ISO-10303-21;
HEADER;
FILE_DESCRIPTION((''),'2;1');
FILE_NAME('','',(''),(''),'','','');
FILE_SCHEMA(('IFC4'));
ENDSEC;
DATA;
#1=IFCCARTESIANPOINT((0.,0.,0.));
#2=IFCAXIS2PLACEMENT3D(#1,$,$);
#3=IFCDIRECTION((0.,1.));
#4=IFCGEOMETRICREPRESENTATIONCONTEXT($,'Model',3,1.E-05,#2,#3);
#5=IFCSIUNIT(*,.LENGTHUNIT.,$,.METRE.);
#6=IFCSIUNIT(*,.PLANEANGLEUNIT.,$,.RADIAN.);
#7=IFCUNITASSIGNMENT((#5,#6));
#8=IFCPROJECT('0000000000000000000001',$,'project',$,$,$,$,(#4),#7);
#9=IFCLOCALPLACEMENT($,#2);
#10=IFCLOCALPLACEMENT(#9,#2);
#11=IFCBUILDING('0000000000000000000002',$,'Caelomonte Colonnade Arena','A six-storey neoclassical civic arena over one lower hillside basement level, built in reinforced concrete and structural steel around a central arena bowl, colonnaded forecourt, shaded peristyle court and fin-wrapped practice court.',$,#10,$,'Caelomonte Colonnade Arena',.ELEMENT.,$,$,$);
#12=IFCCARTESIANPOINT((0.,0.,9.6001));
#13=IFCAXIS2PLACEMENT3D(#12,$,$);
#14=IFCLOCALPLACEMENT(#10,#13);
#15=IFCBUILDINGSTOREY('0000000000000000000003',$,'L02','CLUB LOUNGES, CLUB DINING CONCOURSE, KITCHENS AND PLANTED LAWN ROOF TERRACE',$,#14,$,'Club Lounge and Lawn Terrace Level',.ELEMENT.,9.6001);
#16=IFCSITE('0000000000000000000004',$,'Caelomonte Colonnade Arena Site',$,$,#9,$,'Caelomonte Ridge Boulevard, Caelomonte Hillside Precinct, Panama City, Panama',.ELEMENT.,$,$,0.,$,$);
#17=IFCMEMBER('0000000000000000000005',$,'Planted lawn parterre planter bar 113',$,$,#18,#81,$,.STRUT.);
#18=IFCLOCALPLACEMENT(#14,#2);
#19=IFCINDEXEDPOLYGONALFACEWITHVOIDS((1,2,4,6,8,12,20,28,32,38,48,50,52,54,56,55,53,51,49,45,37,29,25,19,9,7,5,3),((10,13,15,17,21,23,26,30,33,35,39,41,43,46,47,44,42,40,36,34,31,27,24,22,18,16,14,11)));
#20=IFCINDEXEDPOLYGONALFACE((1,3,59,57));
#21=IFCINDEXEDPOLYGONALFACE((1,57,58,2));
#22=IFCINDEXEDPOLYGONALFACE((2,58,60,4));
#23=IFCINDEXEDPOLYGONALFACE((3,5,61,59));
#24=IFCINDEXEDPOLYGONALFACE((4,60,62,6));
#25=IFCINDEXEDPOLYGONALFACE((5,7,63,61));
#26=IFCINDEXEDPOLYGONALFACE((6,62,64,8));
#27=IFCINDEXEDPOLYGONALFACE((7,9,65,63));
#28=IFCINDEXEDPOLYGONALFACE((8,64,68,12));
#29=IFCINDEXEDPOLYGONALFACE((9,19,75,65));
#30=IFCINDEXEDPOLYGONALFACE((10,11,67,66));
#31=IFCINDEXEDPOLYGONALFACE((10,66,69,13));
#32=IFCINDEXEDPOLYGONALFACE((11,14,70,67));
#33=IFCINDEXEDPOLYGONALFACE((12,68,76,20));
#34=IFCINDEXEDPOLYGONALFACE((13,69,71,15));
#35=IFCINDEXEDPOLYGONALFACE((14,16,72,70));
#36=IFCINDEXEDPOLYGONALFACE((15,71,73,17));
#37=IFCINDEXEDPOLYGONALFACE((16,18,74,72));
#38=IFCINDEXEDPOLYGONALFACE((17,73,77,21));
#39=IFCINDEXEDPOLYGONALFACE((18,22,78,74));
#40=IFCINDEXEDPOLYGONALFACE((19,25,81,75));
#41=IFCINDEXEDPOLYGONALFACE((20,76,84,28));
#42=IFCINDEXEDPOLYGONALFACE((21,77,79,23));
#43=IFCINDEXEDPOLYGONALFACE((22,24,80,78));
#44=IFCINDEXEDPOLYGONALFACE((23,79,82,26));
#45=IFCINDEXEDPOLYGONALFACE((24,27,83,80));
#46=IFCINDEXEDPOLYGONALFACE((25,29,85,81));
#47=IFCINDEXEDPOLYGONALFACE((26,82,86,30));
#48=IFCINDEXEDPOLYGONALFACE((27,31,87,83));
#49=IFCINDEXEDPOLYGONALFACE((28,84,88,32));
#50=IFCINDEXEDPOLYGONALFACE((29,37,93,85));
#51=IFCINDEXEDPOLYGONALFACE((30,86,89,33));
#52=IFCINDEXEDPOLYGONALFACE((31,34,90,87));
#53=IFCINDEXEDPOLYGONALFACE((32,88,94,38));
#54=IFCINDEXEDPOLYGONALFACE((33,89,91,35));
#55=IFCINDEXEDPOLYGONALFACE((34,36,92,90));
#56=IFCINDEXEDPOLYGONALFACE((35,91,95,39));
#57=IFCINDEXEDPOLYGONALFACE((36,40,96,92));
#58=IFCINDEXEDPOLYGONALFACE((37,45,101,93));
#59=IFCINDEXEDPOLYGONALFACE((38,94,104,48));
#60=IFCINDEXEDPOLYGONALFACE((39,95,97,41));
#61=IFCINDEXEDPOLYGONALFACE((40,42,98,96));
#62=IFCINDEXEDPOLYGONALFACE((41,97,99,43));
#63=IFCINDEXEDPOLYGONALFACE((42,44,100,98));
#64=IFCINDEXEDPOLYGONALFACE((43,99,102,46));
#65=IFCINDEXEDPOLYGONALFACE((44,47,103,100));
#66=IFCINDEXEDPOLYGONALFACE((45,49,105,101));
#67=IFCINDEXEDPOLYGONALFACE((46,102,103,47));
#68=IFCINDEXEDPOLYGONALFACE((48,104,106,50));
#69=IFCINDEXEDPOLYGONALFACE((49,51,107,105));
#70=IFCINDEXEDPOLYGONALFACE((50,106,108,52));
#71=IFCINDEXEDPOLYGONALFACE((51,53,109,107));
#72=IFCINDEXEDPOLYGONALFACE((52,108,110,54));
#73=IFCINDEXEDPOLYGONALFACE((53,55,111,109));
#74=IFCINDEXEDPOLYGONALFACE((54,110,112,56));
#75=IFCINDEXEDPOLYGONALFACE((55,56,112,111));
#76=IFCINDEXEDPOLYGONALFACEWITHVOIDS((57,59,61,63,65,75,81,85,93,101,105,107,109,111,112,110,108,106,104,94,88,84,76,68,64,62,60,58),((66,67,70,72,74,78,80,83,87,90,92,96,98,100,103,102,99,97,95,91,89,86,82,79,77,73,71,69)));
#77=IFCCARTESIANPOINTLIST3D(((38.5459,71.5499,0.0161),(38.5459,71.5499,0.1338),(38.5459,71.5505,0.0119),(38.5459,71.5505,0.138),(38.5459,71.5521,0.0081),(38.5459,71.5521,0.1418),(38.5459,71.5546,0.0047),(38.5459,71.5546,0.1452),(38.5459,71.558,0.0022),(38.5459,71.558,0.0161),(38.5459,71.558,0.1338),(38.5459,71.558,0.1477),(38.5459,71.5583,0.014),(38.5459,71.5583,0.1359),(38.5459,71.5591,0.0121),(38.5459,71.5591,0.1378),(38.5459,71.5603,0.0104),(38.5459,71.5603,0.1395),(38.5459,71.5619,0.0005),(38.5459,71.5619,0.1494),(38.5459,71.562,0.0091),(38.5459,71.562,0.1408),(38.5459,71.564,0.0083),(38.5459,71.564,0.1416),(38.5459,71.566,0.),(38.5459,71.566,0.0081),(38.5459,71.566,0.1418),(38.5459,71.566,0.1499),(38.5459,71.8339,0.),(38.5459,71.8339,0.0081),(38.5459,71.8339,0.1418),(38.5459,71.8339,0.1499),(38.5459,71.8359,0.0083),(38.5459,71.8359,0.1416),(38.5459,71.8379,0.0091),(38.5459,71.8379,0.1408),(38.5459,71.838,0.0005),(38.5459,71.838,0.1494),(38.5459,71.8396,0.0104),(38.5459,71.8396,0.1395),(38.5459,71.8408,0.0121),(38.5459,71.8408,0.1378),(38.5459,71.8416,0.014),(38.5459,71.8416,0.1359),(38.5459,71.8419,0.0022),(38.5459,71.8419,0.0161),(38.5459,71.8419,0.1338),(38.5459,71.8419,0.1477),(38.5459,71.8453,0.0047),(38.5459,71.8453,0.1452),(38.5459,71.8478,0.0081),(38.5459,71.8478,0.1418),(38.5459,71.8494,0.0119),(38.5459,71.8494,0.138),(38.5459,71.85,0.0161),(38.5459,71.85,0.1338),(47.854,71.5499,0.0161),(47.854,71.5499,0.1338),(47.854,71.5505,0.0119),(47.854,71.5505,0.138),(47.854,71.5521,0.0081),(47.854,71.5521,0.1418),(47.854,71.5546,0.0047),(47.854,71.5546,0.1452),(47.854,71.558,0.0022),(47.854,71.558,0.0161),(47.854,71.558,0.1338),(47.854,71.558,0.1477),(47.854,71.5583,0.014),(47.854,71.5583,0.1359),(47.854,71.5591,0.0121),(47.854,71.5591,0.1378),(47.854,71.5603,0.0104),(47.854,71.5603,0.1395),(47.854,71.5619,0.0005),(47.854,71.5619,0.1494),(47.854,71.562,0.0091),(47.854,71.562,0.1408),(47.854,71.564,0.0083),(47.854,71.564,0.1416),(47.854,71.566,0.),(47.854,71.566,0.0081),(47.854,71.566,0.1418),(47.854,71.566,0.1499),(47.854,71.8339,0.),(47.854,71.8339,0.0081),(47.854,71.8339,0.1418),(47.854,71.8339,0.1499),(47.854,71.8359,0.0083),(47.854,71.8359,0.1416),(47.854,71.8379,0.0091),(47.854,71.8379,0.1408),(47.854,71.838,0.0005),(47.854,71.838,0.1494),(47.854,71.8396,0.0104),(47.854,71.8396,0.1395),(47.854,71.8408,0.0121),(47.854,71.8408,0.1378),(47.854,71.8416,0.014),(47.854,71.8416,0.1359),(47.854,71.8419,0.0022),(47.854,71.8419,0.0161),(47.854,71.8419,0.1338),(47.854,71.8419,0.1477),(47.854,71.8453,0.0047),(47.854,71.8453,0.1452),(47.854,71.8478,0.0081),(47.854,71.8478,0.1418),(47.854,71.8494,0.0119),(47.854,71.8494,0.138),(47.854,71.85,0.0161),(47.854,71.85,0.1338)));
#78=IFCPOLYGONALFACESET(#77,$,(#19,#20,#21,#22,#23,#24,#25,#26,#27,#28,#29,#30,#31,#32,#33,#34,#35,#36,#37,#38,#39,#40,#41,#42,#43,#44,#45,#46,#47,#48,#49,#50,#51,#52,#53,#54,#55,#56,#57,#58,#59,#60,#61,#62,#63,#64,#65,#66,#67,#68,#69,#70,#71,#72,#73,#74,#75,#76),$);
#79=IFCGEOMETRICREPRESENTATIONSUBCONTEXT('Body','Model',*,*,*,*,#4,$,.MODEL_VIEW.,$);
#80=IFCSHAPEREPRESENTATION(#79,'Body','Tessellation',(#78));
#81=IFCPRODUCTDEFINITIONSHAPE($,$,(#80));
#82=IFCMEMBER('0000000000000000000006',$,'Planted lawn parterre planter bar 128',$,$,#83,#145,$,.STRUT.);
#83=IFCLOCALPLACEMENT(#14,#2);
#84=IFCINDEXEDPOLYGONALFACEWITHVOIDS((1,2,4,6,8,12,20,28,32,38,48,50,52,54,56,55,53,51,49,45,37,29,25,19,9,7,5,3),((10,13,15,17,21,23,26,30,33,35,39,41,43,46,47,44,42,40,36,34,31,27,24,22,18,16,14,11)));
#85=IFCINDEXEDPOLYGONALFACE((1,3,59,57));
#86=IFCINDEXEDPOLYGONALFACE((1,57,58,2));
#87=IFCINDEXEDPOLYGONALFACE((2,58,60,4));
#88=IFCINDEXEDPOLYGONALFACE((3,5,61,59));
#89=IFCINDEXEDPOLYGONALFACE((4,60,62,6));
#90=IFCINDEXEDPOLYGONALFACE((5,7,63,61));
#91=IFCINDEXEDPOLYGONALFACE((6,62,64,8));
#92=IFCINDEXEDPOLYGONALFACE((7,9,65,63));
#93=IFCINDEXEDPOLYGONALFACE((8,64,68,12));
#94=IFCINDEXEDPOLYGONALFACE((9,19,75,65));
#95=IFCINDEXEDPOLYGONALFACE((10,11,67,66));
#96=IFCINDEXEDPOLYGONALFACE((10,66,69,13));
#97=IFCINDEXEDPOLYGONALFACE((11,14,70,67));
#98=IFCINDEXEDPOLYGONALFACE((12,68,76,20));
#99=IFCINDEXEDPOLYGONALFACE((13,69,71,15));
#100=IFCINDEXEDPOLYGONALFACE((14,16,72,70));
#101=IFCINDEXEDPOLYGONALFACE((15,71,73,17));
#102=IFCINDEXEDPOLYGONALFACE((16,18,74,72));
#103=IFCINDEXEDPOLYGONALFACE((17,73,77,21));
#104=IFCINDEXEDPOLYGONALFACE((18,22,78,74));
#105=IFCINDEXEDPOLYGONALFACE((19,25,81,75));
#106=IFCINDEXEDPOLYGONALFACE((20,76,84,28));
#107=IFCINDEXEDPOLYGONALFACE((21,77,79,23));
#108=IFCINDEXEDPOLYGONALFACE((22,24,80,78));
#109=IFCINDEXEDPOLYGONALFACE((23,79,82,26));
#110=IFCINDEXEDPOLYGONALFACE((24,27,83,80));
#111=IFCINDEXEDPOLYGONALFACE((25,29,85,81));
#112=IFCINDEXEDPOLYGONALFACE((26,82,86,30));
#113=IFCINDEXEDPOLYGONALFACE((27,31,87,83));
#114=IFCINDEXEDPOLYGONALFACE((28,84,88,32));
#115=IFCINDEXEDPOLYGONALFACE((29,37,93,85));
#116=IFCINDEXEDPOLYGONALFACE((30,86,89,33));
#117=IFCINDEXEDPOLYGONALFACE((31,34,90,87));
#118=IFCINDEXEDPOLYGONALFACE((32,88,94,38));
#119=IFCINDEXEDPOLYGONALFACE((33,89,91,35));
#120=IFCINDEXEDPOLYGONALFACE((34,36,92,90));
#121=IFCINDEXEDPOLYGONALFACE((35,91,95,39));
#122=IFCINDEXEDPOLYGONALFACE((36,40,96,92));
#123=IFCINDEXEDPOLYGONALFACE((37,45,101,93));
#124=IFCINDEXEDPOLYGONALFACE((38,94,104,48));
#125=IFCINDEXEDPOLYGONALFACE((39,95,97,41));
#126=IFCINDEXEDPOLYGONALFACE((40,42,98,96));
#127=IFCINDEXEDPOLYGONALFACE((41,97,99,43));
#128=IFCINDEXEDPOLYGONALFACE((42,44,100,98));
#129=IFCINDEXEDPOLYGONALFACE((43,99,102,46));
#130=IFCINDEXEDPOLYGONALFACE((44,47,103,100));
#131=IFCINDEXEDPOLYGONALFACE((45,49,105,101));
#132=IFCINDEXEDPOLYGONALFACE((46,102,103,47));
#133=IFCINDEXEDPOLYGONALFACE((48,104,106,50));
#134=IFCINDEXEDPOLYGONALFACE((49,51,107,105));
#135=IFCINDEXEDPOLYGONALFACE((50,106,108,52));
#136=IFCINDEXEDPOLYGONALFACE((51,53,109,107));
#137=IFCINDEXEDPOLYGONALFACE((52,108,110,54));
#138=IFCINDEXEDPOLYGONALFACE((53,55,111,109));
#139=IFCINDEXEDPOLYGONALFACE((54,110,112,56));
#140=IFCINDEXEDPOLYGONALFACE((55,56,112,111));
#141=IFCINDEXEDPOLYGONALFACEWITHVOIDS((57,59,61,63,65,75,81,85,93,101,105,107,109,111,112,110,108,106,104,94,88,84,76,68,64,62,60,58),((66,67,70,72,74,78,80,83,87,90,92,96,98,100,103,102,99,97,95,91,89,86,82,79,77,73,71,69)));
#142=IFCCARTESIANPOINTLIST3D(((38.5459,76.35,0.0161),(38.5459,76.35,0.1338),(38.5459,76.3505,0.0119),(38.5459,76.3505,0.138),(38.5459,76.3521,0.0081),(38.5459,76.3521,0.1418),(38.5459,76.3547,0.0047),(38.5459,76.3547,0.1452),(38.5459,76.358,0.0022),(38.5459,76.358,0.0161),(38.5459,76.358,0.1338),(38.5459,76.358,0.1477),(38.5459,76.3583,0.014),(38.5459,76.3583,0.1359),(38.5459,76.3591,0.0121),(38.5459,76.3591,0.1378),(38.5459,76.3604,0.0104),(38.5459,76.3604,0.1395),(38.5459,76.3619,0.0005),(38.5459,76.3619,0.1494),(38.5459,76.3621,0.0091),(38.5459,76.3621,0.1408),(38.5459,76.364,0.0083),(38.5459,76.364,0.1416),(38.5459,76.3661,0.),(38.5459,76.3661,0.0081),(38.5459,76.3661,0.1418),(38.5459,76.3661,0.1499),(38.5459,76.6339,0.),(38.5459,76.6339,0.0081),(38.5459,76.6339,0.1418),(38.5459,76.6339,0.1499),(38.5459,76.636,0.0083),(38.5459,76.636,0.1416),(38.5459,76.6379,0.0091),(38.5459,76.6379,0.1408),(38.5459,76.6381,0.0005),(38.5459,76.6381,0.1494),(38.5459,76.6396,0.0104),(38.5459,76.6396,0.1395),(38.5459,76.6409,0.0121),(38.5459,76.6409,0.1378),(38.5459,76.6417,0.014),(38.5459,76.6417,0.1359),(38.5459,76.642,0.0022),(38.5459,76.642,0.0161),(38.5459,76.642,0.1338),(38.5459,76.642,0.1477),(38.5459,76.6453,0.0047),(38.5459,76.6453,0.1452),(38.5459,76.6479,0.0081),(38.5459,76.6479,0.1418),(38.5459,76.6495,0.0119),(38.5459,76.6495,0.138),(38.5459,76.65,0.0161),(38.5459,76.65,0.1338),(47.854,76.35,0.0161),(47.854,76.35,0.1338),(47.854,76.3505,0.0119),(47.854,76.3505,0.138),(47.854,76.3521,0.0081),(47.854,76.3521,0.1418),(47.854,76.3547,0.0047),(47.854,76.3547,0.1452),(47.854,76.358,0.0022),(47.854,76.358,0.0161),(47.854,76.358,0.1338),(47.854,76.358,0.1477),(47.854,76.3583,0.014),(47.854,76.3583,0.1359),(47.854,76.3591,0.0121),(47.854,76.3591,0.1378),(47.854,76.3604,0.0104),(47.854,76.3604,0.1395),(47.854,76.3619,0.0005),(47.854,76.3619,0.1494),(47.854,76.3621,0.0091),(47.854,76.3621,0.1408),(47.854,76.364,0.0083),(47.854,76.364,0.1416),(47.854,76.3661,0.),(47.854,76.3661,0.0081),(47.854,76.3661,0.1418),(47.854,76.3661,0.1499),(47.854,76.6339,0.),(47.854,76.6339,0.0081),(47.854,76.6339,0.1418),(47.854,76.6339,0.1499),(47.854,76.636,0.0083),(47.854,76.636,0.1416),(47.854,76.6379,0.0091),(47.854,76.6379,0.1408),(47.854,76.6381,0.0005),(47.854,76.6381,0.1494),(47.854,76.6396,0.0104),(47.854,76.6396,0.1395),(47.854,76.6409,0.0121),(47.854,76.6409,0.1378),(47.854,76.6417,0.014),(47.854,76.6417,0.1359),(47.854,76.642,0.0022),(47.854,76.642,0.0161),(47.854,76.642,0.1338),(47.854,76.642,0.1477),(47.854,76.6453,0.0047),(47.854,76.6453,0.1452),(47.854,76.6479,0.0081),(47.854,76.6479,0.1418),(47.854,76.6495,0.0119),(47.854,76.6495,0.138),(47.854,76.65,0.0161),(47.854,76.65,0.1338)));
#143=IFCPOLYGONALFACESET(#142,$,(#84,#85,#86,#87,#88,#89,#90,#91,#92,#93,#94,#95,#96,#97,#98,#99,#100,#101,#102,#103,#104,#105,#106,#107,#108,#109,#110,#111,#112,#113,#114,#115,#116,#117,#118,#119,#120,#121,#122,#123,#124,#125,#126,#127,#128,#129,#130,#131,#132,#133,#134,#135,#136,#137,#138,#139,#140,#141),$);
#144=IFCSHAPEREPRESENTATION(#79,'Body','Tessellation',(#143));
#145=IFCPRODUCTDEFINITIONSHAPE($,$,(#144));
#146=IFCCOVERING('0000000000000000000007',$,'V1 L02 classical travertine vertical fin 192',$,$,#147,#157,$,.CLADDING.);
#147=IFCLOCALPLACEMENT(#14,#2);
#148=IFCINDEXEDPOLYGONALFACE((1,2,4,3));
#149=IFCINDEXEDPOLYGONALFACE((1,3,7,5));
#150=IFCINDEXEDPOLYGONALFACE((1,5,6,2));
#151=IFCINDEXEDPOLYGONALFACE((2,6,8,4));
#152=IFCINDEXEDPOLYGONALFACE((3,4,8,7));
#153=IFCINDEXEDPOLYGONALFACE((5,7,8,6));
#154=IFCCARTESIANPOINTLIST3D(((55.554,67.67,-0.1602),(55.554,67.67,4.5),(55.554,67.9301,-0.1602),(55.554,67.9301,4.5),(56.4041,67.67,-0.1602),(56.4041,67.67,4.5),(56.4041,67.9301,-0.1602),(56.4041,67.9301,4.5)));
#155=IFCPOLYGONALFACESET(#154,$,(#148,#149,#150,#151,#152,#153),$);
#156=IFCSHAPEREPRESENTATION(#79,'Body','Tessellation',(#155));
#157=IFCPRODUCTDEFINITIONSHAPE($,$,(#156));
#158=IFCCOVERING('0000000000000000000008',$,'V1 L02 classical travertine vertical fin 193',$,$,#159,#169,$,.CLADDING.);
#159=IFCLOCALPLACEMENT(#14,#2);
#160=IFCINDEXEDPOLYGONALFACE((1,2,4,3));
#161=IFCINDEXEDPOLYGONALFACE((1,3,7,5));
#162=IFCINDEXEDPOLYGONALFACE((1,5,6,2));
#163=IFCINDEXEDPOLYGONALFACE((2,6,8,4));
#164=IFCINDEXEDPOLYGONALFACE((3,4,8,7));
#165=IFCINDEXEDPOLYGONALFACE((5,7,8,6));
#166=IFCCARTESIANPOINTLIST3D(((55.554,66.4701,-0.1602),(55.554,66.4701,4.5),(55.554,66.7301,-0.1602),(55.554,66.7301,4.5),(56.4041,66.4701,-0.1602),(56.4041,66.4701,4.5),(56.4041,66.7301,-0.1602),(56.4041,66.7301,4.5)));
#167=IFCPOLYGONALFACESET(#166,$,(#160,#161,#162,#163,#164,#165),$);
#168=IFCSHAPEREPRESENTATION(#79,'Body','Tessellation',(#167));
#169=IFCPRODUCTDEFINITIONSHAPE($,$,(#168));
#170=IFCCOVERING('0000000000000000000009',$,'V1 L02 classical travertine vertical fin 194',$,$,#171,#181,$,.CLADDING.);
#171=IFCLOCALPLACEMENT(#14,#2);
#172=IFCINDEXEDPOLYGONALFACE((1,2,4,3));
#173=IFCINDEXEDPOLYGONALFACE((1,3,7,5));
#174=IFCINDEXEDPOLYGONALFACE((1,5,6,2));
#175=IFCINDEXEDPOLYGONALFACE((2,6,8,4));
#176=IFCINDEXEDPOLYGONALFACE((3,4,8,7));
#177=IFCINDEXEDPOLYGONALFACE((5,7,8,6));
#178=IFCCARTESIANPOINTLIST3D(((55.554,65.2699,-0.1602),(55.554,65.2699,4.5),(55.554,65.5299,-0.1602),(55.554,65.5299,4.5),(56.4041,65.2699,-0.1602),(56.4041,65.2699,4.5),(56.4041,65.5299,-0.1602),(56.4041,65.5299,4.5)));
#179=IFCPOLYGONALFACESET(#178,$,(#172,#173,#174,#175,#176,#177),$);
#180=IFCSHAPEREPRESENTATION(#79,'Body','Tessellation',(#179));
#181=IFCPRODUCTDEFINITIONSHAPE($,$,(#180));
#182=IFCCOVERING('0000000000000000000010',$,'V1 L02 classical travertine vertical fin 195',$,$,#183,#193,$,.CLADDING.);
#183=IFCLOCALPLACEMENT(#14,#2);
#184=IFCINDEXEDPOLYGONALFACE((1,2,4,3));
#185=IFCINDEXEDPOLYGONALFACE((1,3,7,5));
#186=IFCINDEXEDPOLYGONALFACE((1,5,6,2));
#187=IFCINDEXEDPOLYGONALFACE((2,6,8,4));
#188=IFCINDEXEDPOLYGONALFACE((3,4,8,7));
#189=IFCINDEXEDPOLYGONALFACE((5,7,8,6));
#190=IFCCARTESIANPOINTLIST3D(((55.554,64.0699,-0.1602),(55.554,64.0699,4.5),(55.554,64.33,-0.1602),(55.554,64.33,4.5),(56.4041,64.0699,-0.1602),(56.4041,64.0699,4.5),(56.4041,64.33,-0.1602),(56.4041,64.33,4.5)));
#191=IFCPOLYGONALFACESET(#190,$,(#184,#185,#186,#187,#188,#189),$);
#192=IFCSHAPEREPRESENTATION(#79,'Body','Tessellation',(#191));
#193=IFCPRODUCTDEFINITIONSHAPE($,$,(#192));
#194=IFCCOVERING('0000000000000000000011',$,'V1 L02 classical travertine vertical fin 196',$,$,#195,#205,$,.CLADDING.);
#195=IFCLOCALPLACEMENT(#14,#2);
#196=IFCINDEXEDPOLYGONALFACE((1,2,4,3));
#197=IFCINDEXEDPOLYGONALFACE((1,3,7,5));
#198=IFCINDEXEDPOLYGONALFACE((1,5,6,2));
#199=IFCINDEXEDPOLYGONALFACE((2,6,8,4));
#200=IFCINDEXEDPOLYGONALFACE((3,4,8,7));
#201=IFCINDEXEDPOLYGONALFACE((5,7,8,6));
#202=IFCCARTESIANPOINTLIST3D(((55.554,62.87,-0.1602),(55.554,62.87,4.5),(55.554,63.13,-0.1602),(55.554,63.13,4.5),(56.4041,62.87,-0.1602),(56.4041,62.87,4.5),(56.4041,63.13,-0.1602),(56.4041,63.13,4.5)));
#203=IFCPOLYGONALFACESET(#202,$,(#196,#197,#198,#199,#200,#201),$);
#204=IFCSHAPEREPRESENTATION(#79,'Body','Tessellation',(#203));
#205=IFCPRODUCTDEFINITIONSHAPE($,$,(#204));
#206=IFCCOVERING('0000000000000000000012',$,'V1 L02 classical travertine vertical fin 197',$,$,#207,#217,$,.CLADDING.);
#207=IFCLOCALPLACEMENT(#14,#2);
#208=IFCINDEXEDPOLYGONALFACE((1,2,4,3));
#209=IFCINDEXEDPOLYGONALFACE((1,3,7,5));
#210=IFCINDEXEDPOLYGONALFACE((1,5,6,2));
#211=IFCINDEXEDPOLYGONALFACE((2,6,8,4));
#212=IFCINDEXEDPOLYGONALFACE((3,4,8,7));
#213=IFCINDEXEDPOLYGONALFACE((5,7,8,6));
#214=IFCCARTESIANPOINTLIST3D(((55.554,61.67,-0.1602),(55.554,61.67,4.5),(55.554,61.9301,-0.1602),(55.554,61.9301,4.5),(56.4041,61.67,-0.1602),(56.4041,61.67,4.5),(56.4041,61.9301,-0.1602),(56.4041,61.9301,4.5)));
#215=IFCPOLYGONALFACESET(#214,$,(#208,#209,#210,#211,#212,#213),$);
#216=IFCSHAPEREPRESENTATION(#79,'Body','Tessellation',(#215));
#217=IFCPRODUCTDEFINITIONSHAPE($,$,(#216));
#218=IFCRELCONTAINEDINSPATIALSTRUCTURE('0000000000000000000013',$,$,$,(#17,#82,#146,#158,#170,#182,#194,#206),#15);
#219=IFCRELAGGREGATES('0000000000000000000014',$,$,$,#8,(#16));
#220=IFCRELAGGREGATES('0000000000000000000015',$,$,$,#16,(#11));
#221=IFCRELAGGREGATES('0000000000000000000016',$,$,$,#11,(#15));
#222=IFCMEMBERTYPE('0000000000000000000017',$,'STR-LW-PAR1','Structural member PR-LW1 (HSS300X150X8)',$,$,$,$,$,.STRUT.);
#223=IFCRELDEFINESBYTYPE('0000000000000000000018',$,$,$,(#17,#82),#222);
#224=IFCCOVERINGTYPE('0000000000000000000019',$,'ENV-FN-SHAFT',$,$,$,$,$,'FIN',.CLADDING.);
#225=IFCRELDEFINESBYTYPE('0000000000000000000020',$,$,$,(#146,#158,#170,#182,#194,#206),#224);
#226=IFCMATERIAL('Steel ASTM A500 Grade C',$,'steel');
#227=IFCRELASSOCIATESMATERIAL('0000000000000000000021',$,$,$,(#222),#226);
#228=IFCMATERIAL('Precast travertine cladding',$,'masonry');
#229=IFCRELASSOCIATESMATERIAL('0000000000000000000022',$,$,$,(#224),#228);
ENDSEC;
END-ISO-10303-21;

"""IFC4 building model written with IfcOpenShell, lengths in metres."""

from ifc_helpers import new_model, si_unit, direction, frame, origin, origin_2d, place, context, subcontext, project, spatial, rectangle, hollow_rectangle, extrude, material, material_profile, profile_set, type_object, element, save


model = new_model("IFC4")

# Units and contexts
model_context = context("Model", 3, precision=1e-05, world=origin(), true_north=direction((0.0, 1.0)))
body_context = subcontext(model_context, "Body", "Model", "MODEL_VIEW")
ifc_project = project(units=[si_unit("LENGTHUNIT", "METRE"), si_unit("PLANEANGLEUNIT", "RADIAN")], contexts=[model_context])

# Site, building, storey
site_placement = place(None, origin())
site = spatial("IfcSite", under=ifc_project, at=site_placement, Name="Caelomonte Colonnade Arena Site", LongName="Caelomonte Ridge Boulevard, Caelomonte Hillside Precinct, Panama City, Panama", CompositionType="ELEMENT", RefElevation=0.0)
building_placement = place(site_placement, origin())
building = spatial("IfcBuilding", under=site, at=building_placement, Name="Caelomonte Colonnade Arena", Description="A six-storey neoclassical civic arena over one lower hillside basement level, built in reinforced concrete and structural steel around a central arena bowl, colonnaded forecourt, shaded peristyle court and fin-wrapped practice court.", LongName="Caelomonte Colonnade Arena", CompositionType="ELEMENT")
storey_placement = place(building_placement, frame((0.0, 0.0, 9.6001)))
storey = spatial("IfcBuildingStorey", under=building, at=storey_placement, Name="L02", Description="CLUB LOUNGES, CLUB DINING CONCOURSE, KITCHENS AND PLANTED LAWN ROOF TERRACE", LongName="Club Lounge and Lawn Terrace Level", CompositionType="ELEMENT", Elevation=9.6001)

# Members
ifc_material_1 = material(Name="Steel ASTM A500 Grade C", Category="steel")
ifc_material_profile_1 = material_profile(ifc_material_1, hollow_rectangle(XDim=0.3, YDim=0.1499, WallThickness=0.0081, InnerFilletRadius=0.0081, OuterFilletRadius=0.0161, at=origin_2d()), Name="HSS300X150X8")
ifc_profile_set_1 = profile_set([ifc_material_profile_1], Name="Steel ASTM A500 Grade C")
member_type = type_object("IfcMemberType", Name="STR-LW-PAR1", Description="Structural member PR-LW1 (HSS300X150X8)", PredefinedType="STRUT", material=ifc_profile_set_1)
for number, where, z_axis, x_axis, name in (
    (1, (38.5459, 71.7, 0.075), (1.0, 0.0, 0.0), (0.0, 1.0, 0.0), "Planted lawn parterre planter bar 113"),
    (2, (38.5459, 76.5, 0.075), (1.0, 0.0, 0.0), (0.0, 1.0, 0.0), "Planted lawn parterre planter bar 128"),
):
    element("IfcMember", number, at=place(storey_placement, frame(where, z_axis=z_axis, x_axis=x_axis)), inside=storey, type_object=member_type, Name=name, PredefinedType="STRUT", context=body_context, shape_type="SweptSolid", body=[
        extrude(hollow_rectangle(XDim=0.3, YDim=0.1499, WallThickness=0.0081, InnerFilletRadius=0.0081, OuterFilletRadius=0.0161, at=origin_2d()), origin(), (0.0, 0.0, 1.0), 9.3081),
    ])

# Coverings
ifc_material_2 = material(Name="Precast travertine cladding", Category="masonry")
ifc_material_profile_2 = material_profile(ifc_material_2, rectangle(XDim=0.26, YDim=0.8501, at=origin_2d()), Name="FIN260X850")
ifc_profile_set_2 = profile_set([ifc_material_profile_2], Name="Precast travertine cladding")
covering_type = type_object("IfcCoveringType", Name="ENV-FN-SHAFT", ElementType="FIN", PredefinedType="CLADDING", material=ifc_profile_set_2)
for number, where, z_axis, x_axis, name in (
    (3, (55.979, 67.8, -0.1602), (0.0, 0.0, 1.0), (0.0, 1.0, 0.0), "V1 L02 classical travertine vertical fin 192"),
    (4, (55.979, 66.6001, -0.1602), (0.0, 0.0, 1.0), (0.0, 1.0, 0.0), "V1 L02 classical travertine vertical fin 193"),
    (5, (55.979, 65.3999, -0.1602), (0.0, 0.0, 1.0), (0.0, 1.0, 0.0), "V1 L02 classical travertine vertical fin 194"),
    (6, (55.979, 64.2, -0.1602), (0.0, 0.0, 1.0), (0.0, 1.0, 0.0), "V1 L02 classical travertine vertical fin 195"),
    (7, (55.979, 63.0, -0.1602), (0.0, 0.0, 1.0), (0.0, 1.0, 0.0), "V1 L02 classical travertine vertical fin 196"),
    (8, (55.979, 61.8, -0.1602), (0.0, 0.0, 1.0), (0.0, 1.0, 0.0), "V1 L02 classical travertine vertical fin 197"),
):
    element("IfcCovering", number, at=place(storey_placement, frame(where, z_axis=z_axis, x_axis=x_axis)), inside=storey, type_object=covering_type, Name=name, PredefinedType="CLADDING", context=body_context, shape_type="SweptSolid", body=[
        extrude(rectangle(XDim=0.26, YDim=0.8501, at=origin_2d()), origin(), (0.0, 0.0, 1.0), 4.6602),
    ])

save(model, "model.ifc")
